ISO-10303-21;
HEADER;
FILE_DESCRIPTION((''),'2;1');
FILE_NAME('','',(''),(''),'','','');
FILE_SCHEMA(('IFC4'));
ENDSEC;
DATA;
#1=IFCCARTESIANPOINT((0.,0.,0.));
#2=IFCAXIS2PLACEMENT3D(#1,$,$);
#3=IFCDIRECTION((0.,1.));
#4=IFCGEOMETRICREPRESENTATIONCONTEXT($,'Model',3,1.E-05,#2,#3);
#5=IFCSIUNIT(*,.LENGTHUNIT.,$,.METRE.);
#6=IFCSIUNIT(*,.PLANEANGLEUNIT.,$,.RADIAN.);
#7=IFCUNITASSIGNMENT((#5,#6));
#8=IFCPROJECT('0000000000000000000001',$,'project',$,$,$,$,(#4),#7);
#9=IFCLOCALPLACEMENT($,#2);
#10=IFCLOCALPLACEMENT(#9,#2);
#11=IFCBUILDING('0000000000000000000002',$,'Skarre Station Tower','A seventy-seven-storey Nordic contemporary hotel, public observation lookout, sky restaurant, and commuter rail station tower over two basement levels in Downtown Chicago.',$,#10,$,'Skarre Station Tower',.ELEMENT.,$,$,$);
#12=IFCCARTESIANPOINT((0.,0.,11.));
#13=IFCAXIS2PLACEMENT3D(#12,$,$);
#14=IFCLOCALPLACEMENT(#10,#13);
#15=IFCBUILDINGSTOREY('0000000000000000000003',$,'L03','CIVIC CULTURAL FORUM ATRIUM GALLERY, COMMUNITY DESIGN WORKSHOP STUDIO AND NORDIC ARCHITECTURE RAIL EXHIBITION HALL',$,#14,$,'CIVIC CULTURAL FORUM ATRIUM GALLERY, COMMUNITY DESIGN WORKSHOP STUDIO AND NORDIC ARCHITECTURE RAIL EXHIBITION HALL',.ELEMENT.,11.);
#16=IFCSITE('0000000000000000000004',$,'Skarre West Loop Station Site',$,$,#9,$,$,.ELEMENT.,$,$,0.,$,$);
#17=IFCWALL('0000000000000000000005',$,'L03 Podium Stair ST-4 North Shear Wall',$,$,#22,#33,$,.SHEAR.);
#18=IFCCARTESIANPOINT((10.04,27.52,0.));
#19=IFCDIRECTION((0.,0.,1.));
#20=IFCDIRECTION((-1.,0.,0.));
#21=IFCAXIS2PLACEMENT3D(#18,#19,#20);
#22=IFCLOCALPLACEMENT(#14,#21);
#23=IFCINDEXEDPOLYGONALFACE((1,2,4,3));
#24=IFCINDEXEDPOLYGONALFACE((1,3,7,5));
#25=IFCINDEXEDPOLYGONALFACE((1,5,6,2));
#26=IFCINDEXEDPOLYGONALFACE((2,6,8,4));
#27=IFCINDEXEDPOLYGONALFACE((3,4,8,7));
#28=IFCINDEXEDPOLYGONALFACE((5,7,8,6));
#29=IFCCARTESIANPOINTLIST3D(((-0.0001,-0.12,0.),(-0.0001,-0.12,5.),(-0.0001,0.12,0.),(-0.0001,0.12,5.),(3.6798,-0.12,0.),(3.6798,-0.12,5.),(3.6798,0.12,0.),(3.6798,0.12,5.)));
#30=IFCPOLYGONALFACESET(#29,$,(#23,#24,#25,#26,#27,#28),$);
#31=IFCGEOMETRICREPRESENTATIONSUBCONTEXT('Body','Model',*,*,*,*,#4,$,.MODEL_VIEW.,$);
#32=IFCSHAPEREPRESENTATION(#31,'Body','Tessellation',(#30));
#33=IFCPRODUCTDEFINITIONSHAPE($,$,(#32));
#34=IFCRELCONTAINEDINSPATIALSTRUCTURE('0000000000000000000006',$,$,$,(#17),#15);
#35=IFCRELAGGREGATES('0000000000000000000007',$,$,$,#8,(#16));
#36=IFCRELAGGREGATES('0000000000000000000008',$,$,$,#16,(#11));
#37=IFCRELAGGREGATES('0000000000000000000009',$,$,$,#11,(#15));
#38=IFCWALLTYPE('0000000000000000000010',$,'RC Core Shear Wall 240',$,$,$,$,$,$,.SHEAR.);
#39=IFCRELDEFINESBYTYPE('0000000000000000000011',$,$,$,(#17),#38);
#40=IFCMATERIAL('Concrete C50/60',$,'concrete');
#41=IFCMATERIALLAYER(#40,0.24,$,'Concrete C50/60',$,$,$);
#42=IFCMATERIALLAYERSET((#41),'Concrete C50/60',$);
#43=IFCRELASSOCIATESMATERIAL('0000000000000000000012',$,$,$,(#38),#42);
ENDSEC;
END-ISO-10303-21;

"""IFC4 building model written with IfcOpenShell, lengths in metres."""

from ifc_helpers import new_model, si_unit, direction, frame, frame_2d, origin, place, context, subcontext, project, spatial, rectangle, extrude, material, layer, layer_set, type_object, element, save


model = new_model("IFC4")

# Units and contexts
model_context = context("Model", 3, precision=1e-05, world=origin(), true_north=direction((0.0, 1.0)))
body_context = subcontext(model_context, "Body", "Model", "MODEL_VIEW")
ifc_project = project(units=[si_unit("LENGTHUNIT", "METRE"), si_unit("PLANEANGLEUNIT", "RADIAN")], contexts=[model_context])

# Site, building, storey
site_placement = place(None, origin())
site = spatial("IfcSite", under=ifc_project, at=site_placement, Name="Skarre West Loop Station Site", CompositionType="ELEMENT", RefElevation=0.0)
building_placement = place(site_placement, origin())
building = spatial("IfcBuilding", under=site, at=building_placement, Name="Skarre Station Tower", Description="A seventy-seven-storey Nordic contemporary hotel, public observation lookout, sky restaurant, and commuter rail station tower over two basement levels in Downtown Chicago.", LongName="Skarre Station Tower", CompositionType="ELEMENT")
storey_placement = place(building_placement, frame((0.0, 0.0, 11.0)))
storey = spatial("IfcBuildingStorey", under=building, at=storey_placement, Name="L03", Description="CIVIC CULTURAL FORUM ATRIUM GALLERY, COMMUNITY DESIGN WORKSHOP STUDIO AND NORDIC ARCHITECTURE RAIL EXHIBITION HALL", LongName="CIVIC CULTURAL FORUM ATRIUM GALLERY, COMMUNITY DESIGN WORKSHOP STUDIO AND NORDIC ARCHITECTURE RAIL EXHIBITION HALL", CompositionType="ELEMENT", Elevation=11.0)

# Wall
ifc_material_1 = material(Name="Concrete C50/60", Category="concrete")
ifc_layer_1 = layer(ifc_material_1, 0.24, Name="Concrete C50/60")
ifc_layer_set_1 = layer_set([ifc_layer_1], Name="Concrete C50/60")
wall_type = type_object("IfcWallType", Name="RC Core Shear Wall 240", PredefinedType="SHEAR", material=ifc_layer_set_1)
wall_1_placement = place(storey_placement, frame((10.04, 27.52, 0.0), z_axis=(0.0, 0.0, 1.0), x_axis=(-1.0, 0.0, 0.0)))
element("IfcWall", 1, at=wall_1_placement, inside=storey, type_object=wall_type, Name="L03 Podium Stair ST-4 North Shear Wall", PredefinedType="SHEAR", context=body_context, shape_type="SweptSolid", body=[
    extrude(rectangle(XDim=3.6799, YDim=0.24, at=frame_2d((1.8398, 0.0))), origin(), (0.0, 0.0, 1.0), 5.0),
])

save(model, "model.ifc")
